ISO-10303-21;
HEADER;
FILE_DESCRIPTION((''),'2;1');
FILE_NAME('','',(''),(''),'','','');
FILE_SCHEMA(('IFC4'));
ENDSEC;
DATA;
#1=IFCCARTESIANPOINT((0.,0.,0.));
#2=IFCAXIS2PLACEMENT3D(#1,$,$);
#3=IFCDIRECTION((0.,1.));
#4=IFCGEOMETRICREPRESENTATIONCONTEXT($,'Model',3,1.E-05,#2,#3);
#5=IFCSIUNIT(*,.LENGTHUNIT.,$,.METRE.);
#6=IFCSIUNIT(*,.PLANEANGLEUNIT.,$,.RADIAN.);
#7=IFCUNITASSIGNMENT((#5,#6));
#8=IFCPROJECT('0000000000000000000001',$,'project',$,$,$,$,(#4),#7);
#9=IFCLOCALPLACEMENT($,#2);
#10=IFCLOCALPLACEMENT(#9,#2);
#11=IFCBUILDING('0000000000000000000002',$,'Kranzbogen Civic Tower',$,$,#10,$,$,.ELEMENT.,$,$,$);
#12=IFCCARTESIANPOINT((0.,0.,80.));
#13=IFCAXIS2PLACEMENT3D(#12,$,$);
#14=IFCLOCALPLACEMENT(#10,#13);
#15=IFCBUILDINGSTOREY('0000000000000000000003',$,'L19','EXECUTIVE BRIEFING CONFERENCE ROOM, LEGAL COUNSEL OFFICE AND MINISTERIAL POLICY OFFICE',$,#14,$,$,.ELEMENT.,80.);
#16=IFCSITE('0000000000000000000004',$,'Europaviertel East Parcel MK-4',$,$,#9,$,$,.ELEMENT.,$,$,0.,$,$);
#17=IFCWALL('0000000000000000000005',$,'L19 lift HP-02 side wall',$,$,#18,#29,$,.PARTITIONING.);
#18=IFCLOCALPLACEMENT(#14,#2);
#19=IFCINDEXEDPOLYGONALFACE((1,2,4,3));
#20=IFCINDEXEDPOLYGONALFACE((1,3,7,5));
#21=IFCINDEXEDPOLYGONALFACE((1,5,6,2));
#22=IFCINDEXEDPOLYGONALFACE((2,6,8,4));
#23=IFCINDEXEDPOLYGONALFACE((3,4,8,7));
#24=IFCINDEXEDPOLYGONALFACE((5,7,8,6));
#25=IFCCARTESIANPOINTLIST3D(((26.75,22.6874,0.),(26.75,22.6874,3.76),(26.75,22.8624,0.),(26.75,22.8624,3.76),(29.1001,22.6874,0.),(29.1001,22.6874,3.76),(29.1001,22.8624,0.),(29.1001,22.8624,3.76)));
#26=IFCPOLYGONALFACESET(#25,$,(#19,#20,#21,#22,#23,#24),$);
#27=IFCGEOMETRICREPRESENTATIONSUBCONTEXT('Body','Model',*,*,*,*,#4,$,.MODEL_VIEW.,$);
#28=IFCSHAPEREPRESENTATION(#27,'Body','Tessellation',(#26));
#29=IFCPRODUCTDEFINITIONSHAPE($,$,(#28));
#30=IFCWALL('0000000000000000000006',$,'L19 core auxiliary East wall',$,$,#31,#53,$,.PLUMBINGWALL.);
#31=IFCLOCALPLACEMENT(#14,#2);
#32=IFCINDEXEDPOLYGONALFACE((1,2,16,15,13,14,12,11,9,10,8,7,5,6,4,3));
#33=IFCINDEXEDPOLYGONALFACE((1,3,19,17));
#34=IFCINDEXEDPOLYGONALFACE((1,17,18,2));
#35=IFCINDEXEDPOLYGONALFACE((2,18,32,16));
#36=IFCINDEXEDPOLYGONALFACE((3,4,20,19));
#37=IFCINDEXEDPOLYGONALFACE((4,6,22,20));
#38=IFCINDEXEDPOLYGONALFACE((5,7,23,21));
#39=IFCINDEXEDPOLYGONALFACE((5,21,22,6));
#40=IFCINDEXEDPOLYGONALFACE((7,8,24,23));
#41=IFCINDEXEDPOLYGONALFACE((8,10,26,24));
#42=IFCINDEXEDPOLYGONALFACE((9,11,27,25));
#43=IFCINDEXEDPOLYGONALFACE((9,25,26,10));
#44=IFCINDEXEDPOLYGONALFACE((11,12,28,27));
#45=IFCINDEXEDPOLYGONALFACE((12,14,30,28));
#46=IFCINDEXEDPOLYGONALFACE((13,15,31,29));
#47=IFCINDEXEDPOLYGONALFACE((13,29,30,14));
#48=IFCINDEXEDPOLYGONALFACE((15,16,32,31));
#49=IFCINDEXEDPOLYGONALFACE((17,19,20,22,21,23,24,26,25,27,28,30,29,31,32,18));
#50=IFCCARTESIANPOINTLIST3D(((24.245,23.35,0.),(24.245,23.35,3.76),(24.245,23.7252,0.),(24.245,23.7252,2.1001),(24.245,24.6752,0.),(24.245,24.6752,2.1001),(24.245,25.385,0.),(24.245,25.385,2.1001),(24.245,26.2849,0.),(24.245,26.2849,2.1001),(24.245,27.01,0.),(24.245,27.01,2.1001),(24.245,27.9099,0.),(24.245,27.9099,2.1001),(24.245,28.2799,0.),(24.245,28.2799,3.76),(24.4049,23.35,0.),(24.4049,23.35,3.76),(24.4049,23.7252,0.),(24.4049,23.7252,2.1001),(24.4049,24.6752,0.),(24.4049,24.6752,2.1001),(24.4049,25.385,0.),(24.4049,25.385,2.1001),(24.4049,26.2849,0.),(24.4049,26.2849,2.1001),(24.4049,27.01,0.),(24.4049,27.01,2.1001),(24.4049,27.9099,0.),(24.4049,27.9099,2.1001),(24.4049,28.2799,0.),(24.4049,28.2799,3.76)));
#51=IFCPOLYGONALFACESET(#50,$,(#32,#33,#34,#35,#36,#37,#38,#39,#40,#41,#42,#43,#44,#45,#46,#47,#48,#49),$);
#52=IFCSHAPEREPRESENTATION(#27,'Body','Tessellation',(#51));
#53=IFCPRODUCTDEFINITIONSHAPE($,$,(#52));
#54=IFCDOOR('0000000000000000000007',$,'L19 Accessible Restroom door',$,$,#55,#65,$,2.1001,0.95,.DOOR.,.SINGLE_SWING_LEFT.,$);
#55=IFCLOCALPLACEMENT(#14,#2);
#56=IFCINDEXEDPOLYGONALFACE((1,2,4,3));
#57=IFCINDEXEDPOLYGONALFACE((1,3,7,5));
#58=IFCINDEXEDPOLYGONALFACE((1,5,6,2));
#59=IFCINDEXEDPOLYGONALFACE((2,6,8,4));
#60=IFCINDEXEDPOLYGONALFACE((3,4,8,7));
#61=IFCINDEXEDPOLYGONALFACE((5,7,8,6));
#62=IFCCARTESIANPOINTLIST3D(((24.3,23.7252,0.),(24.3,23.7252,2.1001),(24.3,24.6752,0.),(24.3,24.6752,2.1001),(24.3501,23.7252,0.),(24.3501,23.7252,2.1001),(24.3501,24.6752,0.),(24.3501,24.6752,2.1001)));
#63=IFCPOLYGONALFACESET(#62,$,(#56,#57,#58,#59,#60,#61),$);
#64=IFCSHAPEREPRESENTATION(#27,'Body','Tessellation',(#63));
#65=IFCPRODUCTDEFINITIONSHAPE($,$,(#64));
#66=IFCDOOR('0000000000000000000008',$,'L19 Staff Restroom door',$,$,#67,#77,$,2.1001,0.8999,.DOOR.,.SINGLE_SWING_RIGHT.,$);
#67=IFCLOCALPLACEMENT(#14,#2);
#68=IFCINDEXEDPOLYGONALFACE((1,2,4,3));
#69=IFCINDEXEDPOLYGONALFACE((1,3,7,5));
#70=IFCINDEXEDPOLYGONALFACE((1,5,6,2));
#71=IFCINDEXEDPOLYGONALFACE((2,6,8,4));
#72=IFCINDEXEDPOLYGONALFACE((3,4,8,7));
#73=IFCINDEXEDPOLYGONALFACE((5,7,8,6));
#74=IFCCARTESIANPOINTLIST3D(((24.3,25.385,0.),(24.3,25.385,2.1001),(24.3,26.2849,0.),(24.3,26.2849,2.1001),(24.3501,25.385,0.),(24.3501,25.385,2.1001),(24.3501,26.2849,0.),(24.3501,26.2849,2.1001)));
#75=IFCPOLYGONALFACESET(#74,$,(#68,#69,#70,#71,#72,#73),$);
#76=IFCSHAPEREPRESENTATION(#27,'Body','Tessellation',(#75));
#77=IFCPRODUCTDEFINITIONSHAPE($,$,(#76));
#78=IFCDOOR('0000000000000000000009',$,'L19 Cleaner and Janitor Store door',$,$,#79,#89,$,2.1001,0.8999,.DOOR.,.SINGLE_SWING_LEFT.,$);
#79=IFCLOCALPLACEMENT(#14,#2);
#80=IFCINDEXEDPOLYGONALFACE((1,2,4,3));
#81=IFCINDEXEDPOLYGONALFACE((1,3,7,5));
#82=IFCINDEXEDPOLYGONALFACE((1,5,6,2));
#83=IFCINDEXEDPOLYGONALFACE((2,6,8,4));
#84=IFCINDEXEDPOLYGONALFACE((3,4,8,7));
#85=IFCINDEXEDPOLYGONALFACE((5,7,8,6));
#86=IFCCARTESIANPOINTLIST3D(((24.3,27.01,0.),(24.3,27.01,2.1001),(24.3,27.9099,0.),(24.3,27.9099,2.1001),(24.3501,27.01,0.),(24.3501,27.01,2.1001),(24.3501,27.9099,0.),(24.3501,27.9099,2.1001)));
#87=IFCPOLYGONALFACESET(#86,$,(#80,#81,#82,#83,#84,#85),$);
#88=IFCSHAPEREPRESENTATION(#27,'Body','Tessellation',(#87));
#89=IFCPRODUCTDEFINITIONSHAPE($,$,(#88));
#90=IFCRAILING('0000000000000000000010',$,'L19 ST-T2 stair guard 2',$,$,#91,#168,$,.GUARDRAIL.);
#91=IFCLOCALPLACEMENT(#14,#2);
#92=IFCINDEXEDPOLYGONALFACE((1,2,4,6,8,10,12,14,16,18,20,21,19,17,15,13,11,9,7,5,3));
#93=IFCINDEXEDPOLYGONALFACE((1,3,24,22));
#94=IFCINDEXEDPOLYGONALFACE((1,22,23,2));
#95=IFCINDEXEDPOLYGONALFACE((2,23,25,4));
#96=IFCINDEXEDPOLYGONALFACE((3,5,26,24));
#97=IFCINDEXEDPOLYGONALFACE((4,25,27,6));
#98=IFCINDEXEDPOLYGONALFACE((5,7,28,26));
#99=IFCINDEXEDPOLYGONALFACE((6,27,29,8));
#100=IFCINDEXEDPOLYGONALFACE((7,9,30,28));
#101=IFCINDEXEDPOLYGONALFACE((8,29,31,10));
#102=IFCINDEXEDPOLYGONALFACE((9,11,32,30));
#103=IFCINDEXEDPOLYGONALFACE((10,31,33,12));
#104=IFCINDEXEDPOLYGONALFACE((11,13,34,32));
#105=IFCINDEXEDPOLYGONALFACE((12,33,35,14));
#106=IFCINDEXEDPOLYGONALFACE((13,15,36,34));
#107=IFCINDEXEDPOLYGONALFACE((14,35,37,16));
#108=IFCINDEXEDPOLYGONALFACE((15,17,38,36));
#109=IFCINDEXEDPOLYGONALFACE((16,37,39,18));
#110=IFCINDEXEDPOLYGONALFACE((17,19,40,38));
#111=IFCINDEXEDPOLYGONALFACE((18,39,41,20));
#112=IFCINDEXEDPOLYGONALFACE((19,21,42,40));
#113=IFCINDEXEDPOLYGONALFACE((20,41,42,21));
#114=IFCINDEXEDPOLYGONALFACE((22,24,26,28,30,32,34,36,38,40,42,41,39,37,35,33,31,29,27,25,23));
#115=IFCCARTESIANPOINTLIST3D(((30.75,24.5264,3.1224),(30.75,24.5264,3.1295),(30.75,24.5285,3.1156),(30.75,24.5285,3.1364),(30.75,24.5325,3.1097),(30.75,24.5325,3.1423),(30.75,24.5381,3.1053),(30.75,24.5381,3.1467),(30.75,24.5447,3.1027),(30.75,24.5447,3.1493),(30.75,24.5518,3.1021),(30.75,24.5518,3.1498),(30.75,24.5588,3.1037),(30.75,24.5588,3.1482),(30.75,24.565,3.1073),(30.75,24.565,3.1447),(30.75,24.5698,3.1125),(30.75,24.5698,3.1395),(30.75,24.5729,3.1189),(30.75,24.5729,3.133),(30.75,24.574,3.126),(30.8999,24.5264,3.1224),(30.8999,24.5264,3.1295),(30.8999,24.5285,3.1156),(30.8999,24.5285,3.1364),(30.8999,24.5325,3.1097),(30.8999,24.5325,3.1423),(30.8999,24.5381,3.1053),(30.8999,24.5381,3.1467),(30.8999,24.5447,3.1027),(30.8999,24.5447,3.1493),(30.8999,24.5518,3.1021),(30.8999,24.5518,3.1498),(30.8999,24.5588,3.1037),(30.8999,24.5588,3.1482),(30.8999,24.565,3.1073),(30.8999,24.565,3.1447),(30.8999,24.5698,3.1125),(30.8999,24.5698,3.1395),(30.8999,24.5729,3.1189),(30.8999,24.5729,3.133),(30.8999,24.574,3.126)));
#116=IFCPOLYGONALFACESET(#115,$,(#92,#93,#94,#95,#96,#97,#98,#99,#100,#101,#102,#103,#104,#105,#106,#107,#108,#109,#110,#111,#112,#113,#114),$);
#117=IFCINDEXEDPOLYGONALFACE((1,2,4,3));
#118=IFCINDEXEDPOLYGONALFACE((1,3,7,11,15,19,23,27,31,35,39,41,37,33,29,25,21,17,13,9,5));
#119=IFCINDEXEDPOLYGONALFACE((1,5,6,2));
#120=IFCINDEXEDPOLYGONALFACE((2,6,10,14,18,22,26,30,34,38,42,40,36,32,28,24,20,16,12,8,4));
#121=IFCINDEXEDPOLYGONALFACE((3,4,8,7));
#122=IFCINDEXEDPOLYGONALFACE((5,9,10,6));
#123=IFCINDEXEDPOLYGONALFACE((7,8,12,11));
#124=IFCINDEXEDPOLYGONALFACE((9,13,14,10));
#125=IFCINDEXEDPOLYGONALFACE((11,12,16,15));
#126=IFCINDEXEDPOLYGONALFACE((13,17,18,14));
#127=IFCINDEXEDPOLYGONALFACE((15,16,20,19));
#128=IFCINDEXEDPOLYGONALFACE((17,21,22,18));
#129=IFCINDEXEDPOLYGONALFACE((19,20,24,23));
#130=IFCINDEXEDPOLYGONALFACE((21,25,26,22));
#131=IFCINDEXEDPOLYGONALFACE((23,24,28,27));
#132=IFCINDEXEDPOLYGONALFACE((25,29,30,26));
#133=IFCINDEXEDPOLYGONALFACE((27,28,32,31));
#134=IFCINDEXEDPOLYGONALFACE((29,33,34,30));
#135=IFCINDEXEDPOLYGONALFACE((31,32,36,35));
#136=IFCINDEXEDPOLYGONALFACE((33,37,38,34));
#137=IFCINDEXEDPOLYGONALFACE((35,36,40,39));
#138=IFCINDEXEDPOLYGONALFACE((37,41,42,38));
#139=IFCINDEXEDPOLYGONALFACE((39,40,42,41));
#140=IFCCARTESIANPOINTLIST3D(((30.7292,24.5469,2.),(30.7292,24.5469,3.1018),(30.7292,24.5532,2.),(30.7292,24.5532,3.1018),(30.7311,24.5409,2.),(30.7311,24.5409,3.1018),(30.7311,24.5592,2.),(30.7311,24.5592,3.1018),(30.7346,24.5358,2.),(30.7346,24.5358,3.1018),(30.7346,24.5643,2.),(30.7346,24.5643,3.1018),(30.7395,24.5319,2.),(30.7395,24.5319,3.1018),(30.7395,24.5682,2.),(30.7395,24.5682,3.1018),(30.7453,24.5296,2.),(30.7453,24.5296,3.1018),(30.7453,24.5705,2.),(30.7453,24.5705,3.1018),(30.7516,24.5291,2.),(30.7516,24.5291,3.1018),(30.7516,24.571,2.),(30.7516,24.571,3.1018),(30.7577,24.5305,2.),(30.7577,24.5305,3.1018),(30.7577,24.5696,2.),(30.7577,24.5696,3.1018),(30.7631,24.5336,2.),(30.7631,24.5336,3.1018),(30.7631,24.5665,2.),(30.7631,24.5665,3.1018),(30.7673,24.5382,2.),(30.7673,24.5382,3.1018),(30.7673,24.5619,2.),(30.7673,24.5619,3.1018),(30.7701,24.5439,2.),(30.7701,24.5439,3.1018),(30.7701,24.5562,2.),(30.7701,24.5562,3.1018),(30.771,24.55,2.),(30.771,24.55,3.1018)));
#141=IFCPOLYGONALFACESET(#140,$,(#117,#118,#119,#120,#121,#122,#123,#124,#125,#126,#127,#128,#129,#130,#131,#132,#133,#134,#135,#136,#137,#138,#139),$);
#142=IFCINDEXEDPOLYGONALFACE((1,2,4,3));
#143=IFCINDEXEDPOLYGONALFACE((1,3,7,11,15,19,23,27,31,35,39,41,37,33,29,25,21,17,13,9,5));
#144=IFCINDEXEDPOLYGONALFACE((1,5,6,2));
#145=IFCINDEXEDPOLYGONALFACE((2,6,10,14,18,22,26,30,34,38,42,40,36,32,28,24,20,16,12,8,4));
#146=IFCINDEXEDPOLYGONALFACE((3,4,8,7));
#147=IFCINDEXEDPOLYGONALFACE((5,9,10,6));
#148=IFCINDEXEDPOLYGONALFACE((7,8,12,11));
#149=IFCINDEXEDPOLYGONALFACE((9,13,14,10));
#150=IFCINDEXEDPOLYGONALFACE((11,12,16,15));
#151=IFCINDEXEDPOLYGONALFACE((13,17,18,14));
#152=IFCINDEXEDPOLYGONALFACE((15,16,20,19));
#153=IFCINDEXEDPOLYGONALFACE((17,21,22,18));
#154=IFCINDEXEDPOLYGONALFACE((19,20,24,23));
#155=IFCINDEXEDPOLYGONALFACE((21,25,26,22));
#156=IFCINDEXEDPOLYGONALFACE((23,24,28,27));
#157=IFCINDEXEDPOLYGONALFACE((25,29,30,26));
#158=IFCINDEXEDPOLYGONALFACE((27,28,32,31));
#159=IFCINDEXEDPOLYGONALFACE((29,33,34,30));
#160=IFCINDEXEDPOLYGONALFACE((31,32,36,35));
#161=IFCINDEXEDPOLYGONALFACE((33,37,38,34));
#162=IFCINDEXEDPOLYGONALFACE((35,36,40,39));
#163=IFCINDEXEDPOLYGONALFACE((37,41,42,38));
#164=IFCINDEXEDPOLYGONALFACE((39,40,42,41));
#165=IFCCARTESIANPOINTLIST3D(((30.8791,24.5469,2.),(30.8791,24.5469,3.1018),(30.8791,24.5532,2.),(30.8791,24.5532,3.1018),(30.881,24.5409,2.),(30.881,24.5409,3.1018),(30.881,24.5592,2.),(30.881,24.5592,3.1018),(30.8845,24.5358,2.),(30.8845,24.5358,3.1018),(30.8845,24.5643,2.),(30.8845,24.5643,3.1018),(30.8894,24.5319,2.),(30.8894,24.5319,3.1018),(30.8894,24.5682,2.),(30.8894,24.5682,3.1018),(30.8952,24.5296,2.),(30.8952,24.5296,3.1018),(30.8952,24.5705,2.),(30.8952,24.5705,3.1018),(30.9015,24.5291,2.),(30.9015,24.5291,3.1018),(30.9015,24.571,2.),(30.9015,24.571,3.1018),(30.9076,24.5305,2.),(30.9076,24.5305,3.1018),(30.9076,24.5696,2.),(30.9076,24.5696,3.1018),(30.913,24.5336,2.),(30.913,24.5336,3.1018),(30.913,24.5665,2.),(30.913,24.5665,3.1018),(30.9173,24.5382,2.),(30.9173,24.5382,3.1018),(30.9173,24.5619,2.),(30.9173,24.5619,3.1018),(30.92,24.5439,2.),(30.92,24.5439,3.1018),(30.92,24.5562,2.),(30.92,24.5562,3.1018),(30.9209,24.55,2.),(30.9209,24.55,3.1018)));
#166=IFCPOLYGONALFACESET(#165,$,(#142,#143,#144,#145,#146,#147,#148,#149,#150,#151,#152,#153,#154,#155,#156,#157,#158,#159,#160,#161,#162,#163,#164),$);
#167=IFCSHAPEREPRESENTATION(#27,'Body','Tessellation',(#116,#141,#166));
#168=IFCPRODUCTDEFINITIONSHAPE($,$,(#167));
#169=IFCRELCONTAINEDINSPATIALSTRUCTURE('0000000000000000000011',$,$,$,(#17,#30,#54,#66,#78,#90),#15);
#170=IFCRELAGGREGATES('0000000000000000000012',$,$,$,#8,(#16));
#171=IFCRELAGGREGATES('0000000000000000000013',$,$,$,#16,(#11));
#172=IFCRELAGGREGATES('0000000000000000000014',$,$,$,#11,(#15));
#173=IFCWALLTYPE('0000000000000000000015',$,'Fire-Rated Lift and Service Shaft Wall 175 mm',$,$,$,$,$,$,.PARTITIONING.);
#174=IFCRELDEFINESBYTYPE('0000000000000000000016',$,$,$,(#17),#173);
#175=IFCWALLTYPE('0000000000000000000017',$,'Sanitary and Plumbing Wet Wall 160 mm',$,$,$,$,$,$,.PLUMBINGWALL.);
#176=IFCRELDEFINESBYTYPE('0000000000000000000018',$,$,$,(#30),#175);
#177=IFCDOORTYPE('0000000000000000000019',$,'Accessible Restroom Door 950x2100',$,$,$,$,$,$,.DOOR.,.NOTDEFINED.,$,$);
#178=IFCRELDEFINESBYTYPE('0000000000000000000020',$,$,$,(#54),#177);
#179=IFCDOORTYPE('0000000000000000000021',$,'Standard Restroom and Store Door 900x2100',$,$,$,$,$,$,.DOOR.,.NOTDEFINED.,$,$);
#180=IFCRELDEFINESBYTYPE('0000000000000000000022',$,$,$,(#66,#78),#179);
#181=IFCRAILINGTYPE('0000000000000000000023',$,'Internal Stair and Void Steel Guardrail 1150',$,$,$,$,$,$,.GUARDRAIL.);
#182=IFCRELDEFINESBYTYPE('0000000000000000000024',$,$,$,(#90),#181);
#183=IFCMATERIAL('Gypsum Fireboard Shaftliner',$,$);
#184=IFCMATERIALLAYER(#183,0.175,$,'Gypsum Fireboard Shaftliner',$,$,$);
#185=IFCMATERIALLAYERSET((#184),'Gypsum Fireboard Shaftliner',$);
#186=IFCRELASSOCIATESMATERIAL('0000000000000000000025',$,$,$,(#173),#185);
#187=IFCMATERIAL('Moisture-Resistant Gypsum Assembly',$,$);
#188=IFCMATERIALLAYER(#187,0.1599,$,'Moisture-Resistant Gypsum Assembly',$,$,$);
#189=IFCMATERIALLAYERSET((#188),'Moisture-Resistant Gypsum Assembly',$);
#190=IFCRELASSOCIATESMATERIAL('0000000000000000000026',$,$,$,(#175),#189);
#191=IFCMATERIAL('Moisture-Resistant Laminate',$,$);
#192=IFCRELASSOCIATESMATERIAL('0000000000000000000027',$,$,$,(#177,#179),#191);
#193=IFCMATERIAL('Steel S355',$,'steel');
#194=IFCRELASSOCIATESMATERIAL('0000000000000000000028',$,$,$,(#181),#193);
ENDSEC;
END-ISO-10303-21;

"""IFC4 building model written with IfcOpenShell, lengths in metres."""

from ifc_helpers import new_model, si_unit, direction, frame, frame_2d, origin, origin_2d, place, context, subcontext, project, spatial, rectangle, circle, extrude, material, layer, layer_set, type_object, element, fill, save


model = new_model("IFC4")

# Units and contexts
model_context = context("Model", 3, precision=1e-05, world=origin(), true_north=direction((0.0, 1.0)))
body_context = subcontext(model_context, "Body", "Model", "MODEL_VIEW")
ifc_project = project(units=[si_unit("LENGTHUNIT", "METRE"), si_unit("PLANEANGLEUNIT", "RADIAN")], contexts=[model_context])

# Site, building, storey
site_placement = place(None, origin())
site = spatial("IfcSite", under=ifc_project, at=site_placement, Name="Europaviertel East Parcel MK-4", CompositionType="ELEMENT", RefElevation=0.0)
building_placement = place(site_placement, origin())
building = spatial("IfcBuilding", under=site, at=building_placement, Name="Kranzbogen Civic Tower", CompositionType="ELEMENT")
storey_placement = place(building_placement, frame((0.0, 0.0, 80.0)))
storey = spatial("IfcBuildingStorey", under=building, at=storey_placement, Name="L19", Description="EXECUTIVE BRIEFING CONFERENCE ROOM, LEGAL COUNSEL OFFICE AND MINISTERIAL POLICY OFFICE", CompositionType="ELEMENT", Elevation=80.0)

# Shared definitions
ifc_material_1 = material(Name="Steel S355", Category="steel")

# Wall
ifc_material_2 = material(Name="Gypsum Fireboard Shaftliner")
ifc_layer_1 = layer(ifc_material_2, 0.175, Name="Gypsum Fireboard Shaftliner")
ifc_layer_set_1 = layer_set([ifc_layer_1], Name="Gypsum Fireboard Shaftliner")
wall_type_1 = type_object("IfcWallType", Name="Fire-Rated Lift and Service Shaft Wall 175 mm", PredefinedType="PARTITIONING", material=ifc_layer_set_1)
wall_1_placement = place(storey_placement, frame((26.75, 22.7749, 0.0), z_axis=(0.0, 0.0, 1.0), x_axis=(1.0, 0.0, 0.0)))
element("IfcWall", 1, at=wall_1_placement, inside=storey, type_object=wall_type_1, Name="L19 lift HP-02 side wall", PredefinedType="PARTITIONING", context=body_context, shape_type="SweptSolid", body=[
    extrude(rectangle(XDim=2.3501, YDim=0.175, at=frame_2d((1.175, 0.0))), origin(), (0.0, 0.0, 1.0), 3.76),
])

# Wall, openings, doors
ifc_material_3 = material(Name="Moisture-Resistant Gypsum Assembly")
ifc_layer_2 = layer(ifc_material_3, 0.1599, Name="Moisture-Resistant Gypsum Assembly")
ifc_layer_set_2 = layer_set([ifc_layer_2], Name="Moisture-Resistant Gypsum Assembly")
wall_type_2 = type_object("IfcWallType", Name="Sanitary and Plumbing Wet Wall 160 mm", PredefinedType="PLUMBINGWALL", material=ifc_layer_set_2)
wall_2_placement = place(storey_placement, frame((24.325, 23.3501, 0.0), z_axis=(0.0, 0.0, 1.0), x_axis=(0.0, 1.0, 0.0)))
wall_2 = element("IfcWall", 2, at=wall_2_placement, inside=storey, type_object=wall_type_2, Name="L19 core auxiliary East wall", PredefinedType="PLUMBINGWALL", context=body_context, shape_type="SweptSolid", body=[
    extrude(rectangle(XDim=4.9299, YDim=0.1599, at=frame_2d((2.4648, 0.0))), origin(), (0.0, 0.0, 1.0), 3.76),
])
opening_1_placement = place(wall_2_placement, frame((0.375, 0.0, 0.0)))
opening_1 = element("IfcOpeningElement", 3, at=opening_1_placement, cuts=wall_2, PredefinedType="OPENING", context=body_context, shape_type="SweptSolid", body=[
    extrude(rectangle(XDim=0.95, YDim=2.1001, at=frame_2d((0.4751, 1.05))), frame((0.0, 0.0898, 0.0), z_axis=(0.0, -1.0, 0.0), x_axis=(1.0, 0.0, 0.0)), (0.0, 0.0, 1.0), 0.1799),
])
opening_2_placement = place(wall_2_placement, frame((2.0349, 0.0, 0.0)))
opening_2 = element("IfcOpeningElement", 4, at=opening_2_placement, cuts=wall_2, PredefinedType="OPENING", context=body_context, shape_type="SweptSolid", body=[
    extrude(rectangle(XDim=0.8999, YDim=2.1001, at=frame_2d((0.45, 1.05))), frame((0.0, 0.0898, 0.0), z_axis=(0.0, -1.0, 0.0), x_axis=(1.0, 0.0, 0.0)), (0.0, 0.0, 1.0), 0.1799),
])
opening_3_placement = place(wall_2_placement, frame((3.6599, 0.0, 0.0)))
opening_3 = element("IfcOpeningElement", 5, at=opening_3_placement, cuts=wall_2, PredefinedType="OPENING", context=body_context, shape_type="SweptSolid", body=[
    extrude(rectangle(XDim=0.8999, YDim=2.1001, at=frame_2d((0.45, 1.05))), frame((0.0, 0.0898, 0.0), z_axis=(0.0, -1.0, 0.0), x_axis=(1.0, 0.0, 0.0)), (0.0, 0.0, 1.0), 0.1799),
])
ifc_material_4 = material(Name="Moisture-Resistant Laminate")
door_type_1 = type_object("IfcDoorType", Name="Accessible Restroom Door 950x2100", OperationType="NOTDEFINED", PredefinedType="DOOR", material=ifc_material_4)
door_1_placement = place(opening_1_placement, origin())
door_1 = element("IfcDoor", 6, at=door_1_placement, inside=storey, type_object=door_type_1, Name="L19 Accessible Restroom door", OperationType="SINGLE_SWING_LEFT", OverallHeight=2.1001, OverallWidth=0.95, PredefinedType="DOOR", context=body_context, shape_type="SweptSolid", body=[
    extrude(rectangle(XDim=0.95, YDim=2.1001, at=frame_2d((0.4751, 1.05))), frame((0.0, 0.0249, 0.0), z_axis=(0.0, -1.0, 0.0), x_axis=(1.0, 0.0, 0.0)), (0.0, 0.0, 1.0), 0.05),
])
fill(opening_1, door_1)
door_type_2 = type_object("IfcDoorType", Name="Standard Restroom and Store Door 900x2100", OperationType="NOTDEFINED", PredefinedType="DOOR", material=ifc_material_4)
door_2_placement = place(opening_2_placement, origin())
door_2 = element("IfcDoor", 7, at=door_2_placement, inside=storey, type_object=door_type_2, Name="L19 Staff Restroom door", OperationType="SINGLE_SWING_RIGHT", OverallHeight=2.1001, OverallWidth=0.8999, PredefinedType="DOOR", context=body_context, shape_type="SweptSolid", body=[
    extrude(rectangle(XDim=0.8999, YDim=2.1001, at=frame_2d((0.45, 1.05))), frame((0.0, 0.0249, 0.0), z_axis=(0.0, -1.0, 0.0), x_axis=(1.0, 0.0, 0.0)), (0.0, 0.0, 1.0), 0.05),
])
fill(opening_2, door_2)
door_3_placement = place(opening_3_placement, origin())
door_3 = element("IfcDoor", 8, at=door_3_placement, inside=storey, type_object=door_type_2, Name="L19 Cleaner and Janitor Store door", OperationType="SINGLE_SWING_LEFT", OverallHeight=2.1001, OverallWidth=0.8999, PredefinedType="DOOR", context=body_context, shape_type="SweptSolid", body=[
    extrude(rectangle(XDim=0.8999, YDim=2.1001, at=frame_2d((0.45, 1.05))), frame((0.0, 0.0249, 0.0), z_axis=(0.0, -1.0, 0.0), x_axis=(1.0, 0.0, 0.0)), (0.0, 0.0, 1.0), 0.05),
])
fill(opening_3, door_3)

# Railing
railing_type = type_object("IfcRailingType", Name="Internal Stair and Void Steel Guardrail 1150", PredefinedType="GUARDRAIL", material=ifc_material_1)
railing_1_placement = place(storey_placement, frame((30.75, 24.55, 2.0)))
element("IfcRailing", 9, at=railing_1_placement, inside=storey, type_object=railing_type, Name="L19 ST-T2 stair guard 2", PredefinedType="GUARDRAIL", context=body_context, shape_type="SweptSolid", body=[
    extrude(circle(Radius=0.0239, at=origin_2d()), frame((0.0, 0.0, 1.126), z_axis=(1.0, 0.0, 0.0), x_axis=(0.0, 1.0, 0.0)), (0.0, 0.0, 1.0), 0.1499),
    extrude(circle(Radius=0.021, at=origin_2d()), origin(), (0.0, 0.0, 1.0), 1.1018),
    extrude(circle(Radius=0.021, at=origin_2d()), frame((0.1499, 0.0, 0.0)), (0.0, 0.0, 1.0), 1.1018),
])

save(model, "model.ifc")
